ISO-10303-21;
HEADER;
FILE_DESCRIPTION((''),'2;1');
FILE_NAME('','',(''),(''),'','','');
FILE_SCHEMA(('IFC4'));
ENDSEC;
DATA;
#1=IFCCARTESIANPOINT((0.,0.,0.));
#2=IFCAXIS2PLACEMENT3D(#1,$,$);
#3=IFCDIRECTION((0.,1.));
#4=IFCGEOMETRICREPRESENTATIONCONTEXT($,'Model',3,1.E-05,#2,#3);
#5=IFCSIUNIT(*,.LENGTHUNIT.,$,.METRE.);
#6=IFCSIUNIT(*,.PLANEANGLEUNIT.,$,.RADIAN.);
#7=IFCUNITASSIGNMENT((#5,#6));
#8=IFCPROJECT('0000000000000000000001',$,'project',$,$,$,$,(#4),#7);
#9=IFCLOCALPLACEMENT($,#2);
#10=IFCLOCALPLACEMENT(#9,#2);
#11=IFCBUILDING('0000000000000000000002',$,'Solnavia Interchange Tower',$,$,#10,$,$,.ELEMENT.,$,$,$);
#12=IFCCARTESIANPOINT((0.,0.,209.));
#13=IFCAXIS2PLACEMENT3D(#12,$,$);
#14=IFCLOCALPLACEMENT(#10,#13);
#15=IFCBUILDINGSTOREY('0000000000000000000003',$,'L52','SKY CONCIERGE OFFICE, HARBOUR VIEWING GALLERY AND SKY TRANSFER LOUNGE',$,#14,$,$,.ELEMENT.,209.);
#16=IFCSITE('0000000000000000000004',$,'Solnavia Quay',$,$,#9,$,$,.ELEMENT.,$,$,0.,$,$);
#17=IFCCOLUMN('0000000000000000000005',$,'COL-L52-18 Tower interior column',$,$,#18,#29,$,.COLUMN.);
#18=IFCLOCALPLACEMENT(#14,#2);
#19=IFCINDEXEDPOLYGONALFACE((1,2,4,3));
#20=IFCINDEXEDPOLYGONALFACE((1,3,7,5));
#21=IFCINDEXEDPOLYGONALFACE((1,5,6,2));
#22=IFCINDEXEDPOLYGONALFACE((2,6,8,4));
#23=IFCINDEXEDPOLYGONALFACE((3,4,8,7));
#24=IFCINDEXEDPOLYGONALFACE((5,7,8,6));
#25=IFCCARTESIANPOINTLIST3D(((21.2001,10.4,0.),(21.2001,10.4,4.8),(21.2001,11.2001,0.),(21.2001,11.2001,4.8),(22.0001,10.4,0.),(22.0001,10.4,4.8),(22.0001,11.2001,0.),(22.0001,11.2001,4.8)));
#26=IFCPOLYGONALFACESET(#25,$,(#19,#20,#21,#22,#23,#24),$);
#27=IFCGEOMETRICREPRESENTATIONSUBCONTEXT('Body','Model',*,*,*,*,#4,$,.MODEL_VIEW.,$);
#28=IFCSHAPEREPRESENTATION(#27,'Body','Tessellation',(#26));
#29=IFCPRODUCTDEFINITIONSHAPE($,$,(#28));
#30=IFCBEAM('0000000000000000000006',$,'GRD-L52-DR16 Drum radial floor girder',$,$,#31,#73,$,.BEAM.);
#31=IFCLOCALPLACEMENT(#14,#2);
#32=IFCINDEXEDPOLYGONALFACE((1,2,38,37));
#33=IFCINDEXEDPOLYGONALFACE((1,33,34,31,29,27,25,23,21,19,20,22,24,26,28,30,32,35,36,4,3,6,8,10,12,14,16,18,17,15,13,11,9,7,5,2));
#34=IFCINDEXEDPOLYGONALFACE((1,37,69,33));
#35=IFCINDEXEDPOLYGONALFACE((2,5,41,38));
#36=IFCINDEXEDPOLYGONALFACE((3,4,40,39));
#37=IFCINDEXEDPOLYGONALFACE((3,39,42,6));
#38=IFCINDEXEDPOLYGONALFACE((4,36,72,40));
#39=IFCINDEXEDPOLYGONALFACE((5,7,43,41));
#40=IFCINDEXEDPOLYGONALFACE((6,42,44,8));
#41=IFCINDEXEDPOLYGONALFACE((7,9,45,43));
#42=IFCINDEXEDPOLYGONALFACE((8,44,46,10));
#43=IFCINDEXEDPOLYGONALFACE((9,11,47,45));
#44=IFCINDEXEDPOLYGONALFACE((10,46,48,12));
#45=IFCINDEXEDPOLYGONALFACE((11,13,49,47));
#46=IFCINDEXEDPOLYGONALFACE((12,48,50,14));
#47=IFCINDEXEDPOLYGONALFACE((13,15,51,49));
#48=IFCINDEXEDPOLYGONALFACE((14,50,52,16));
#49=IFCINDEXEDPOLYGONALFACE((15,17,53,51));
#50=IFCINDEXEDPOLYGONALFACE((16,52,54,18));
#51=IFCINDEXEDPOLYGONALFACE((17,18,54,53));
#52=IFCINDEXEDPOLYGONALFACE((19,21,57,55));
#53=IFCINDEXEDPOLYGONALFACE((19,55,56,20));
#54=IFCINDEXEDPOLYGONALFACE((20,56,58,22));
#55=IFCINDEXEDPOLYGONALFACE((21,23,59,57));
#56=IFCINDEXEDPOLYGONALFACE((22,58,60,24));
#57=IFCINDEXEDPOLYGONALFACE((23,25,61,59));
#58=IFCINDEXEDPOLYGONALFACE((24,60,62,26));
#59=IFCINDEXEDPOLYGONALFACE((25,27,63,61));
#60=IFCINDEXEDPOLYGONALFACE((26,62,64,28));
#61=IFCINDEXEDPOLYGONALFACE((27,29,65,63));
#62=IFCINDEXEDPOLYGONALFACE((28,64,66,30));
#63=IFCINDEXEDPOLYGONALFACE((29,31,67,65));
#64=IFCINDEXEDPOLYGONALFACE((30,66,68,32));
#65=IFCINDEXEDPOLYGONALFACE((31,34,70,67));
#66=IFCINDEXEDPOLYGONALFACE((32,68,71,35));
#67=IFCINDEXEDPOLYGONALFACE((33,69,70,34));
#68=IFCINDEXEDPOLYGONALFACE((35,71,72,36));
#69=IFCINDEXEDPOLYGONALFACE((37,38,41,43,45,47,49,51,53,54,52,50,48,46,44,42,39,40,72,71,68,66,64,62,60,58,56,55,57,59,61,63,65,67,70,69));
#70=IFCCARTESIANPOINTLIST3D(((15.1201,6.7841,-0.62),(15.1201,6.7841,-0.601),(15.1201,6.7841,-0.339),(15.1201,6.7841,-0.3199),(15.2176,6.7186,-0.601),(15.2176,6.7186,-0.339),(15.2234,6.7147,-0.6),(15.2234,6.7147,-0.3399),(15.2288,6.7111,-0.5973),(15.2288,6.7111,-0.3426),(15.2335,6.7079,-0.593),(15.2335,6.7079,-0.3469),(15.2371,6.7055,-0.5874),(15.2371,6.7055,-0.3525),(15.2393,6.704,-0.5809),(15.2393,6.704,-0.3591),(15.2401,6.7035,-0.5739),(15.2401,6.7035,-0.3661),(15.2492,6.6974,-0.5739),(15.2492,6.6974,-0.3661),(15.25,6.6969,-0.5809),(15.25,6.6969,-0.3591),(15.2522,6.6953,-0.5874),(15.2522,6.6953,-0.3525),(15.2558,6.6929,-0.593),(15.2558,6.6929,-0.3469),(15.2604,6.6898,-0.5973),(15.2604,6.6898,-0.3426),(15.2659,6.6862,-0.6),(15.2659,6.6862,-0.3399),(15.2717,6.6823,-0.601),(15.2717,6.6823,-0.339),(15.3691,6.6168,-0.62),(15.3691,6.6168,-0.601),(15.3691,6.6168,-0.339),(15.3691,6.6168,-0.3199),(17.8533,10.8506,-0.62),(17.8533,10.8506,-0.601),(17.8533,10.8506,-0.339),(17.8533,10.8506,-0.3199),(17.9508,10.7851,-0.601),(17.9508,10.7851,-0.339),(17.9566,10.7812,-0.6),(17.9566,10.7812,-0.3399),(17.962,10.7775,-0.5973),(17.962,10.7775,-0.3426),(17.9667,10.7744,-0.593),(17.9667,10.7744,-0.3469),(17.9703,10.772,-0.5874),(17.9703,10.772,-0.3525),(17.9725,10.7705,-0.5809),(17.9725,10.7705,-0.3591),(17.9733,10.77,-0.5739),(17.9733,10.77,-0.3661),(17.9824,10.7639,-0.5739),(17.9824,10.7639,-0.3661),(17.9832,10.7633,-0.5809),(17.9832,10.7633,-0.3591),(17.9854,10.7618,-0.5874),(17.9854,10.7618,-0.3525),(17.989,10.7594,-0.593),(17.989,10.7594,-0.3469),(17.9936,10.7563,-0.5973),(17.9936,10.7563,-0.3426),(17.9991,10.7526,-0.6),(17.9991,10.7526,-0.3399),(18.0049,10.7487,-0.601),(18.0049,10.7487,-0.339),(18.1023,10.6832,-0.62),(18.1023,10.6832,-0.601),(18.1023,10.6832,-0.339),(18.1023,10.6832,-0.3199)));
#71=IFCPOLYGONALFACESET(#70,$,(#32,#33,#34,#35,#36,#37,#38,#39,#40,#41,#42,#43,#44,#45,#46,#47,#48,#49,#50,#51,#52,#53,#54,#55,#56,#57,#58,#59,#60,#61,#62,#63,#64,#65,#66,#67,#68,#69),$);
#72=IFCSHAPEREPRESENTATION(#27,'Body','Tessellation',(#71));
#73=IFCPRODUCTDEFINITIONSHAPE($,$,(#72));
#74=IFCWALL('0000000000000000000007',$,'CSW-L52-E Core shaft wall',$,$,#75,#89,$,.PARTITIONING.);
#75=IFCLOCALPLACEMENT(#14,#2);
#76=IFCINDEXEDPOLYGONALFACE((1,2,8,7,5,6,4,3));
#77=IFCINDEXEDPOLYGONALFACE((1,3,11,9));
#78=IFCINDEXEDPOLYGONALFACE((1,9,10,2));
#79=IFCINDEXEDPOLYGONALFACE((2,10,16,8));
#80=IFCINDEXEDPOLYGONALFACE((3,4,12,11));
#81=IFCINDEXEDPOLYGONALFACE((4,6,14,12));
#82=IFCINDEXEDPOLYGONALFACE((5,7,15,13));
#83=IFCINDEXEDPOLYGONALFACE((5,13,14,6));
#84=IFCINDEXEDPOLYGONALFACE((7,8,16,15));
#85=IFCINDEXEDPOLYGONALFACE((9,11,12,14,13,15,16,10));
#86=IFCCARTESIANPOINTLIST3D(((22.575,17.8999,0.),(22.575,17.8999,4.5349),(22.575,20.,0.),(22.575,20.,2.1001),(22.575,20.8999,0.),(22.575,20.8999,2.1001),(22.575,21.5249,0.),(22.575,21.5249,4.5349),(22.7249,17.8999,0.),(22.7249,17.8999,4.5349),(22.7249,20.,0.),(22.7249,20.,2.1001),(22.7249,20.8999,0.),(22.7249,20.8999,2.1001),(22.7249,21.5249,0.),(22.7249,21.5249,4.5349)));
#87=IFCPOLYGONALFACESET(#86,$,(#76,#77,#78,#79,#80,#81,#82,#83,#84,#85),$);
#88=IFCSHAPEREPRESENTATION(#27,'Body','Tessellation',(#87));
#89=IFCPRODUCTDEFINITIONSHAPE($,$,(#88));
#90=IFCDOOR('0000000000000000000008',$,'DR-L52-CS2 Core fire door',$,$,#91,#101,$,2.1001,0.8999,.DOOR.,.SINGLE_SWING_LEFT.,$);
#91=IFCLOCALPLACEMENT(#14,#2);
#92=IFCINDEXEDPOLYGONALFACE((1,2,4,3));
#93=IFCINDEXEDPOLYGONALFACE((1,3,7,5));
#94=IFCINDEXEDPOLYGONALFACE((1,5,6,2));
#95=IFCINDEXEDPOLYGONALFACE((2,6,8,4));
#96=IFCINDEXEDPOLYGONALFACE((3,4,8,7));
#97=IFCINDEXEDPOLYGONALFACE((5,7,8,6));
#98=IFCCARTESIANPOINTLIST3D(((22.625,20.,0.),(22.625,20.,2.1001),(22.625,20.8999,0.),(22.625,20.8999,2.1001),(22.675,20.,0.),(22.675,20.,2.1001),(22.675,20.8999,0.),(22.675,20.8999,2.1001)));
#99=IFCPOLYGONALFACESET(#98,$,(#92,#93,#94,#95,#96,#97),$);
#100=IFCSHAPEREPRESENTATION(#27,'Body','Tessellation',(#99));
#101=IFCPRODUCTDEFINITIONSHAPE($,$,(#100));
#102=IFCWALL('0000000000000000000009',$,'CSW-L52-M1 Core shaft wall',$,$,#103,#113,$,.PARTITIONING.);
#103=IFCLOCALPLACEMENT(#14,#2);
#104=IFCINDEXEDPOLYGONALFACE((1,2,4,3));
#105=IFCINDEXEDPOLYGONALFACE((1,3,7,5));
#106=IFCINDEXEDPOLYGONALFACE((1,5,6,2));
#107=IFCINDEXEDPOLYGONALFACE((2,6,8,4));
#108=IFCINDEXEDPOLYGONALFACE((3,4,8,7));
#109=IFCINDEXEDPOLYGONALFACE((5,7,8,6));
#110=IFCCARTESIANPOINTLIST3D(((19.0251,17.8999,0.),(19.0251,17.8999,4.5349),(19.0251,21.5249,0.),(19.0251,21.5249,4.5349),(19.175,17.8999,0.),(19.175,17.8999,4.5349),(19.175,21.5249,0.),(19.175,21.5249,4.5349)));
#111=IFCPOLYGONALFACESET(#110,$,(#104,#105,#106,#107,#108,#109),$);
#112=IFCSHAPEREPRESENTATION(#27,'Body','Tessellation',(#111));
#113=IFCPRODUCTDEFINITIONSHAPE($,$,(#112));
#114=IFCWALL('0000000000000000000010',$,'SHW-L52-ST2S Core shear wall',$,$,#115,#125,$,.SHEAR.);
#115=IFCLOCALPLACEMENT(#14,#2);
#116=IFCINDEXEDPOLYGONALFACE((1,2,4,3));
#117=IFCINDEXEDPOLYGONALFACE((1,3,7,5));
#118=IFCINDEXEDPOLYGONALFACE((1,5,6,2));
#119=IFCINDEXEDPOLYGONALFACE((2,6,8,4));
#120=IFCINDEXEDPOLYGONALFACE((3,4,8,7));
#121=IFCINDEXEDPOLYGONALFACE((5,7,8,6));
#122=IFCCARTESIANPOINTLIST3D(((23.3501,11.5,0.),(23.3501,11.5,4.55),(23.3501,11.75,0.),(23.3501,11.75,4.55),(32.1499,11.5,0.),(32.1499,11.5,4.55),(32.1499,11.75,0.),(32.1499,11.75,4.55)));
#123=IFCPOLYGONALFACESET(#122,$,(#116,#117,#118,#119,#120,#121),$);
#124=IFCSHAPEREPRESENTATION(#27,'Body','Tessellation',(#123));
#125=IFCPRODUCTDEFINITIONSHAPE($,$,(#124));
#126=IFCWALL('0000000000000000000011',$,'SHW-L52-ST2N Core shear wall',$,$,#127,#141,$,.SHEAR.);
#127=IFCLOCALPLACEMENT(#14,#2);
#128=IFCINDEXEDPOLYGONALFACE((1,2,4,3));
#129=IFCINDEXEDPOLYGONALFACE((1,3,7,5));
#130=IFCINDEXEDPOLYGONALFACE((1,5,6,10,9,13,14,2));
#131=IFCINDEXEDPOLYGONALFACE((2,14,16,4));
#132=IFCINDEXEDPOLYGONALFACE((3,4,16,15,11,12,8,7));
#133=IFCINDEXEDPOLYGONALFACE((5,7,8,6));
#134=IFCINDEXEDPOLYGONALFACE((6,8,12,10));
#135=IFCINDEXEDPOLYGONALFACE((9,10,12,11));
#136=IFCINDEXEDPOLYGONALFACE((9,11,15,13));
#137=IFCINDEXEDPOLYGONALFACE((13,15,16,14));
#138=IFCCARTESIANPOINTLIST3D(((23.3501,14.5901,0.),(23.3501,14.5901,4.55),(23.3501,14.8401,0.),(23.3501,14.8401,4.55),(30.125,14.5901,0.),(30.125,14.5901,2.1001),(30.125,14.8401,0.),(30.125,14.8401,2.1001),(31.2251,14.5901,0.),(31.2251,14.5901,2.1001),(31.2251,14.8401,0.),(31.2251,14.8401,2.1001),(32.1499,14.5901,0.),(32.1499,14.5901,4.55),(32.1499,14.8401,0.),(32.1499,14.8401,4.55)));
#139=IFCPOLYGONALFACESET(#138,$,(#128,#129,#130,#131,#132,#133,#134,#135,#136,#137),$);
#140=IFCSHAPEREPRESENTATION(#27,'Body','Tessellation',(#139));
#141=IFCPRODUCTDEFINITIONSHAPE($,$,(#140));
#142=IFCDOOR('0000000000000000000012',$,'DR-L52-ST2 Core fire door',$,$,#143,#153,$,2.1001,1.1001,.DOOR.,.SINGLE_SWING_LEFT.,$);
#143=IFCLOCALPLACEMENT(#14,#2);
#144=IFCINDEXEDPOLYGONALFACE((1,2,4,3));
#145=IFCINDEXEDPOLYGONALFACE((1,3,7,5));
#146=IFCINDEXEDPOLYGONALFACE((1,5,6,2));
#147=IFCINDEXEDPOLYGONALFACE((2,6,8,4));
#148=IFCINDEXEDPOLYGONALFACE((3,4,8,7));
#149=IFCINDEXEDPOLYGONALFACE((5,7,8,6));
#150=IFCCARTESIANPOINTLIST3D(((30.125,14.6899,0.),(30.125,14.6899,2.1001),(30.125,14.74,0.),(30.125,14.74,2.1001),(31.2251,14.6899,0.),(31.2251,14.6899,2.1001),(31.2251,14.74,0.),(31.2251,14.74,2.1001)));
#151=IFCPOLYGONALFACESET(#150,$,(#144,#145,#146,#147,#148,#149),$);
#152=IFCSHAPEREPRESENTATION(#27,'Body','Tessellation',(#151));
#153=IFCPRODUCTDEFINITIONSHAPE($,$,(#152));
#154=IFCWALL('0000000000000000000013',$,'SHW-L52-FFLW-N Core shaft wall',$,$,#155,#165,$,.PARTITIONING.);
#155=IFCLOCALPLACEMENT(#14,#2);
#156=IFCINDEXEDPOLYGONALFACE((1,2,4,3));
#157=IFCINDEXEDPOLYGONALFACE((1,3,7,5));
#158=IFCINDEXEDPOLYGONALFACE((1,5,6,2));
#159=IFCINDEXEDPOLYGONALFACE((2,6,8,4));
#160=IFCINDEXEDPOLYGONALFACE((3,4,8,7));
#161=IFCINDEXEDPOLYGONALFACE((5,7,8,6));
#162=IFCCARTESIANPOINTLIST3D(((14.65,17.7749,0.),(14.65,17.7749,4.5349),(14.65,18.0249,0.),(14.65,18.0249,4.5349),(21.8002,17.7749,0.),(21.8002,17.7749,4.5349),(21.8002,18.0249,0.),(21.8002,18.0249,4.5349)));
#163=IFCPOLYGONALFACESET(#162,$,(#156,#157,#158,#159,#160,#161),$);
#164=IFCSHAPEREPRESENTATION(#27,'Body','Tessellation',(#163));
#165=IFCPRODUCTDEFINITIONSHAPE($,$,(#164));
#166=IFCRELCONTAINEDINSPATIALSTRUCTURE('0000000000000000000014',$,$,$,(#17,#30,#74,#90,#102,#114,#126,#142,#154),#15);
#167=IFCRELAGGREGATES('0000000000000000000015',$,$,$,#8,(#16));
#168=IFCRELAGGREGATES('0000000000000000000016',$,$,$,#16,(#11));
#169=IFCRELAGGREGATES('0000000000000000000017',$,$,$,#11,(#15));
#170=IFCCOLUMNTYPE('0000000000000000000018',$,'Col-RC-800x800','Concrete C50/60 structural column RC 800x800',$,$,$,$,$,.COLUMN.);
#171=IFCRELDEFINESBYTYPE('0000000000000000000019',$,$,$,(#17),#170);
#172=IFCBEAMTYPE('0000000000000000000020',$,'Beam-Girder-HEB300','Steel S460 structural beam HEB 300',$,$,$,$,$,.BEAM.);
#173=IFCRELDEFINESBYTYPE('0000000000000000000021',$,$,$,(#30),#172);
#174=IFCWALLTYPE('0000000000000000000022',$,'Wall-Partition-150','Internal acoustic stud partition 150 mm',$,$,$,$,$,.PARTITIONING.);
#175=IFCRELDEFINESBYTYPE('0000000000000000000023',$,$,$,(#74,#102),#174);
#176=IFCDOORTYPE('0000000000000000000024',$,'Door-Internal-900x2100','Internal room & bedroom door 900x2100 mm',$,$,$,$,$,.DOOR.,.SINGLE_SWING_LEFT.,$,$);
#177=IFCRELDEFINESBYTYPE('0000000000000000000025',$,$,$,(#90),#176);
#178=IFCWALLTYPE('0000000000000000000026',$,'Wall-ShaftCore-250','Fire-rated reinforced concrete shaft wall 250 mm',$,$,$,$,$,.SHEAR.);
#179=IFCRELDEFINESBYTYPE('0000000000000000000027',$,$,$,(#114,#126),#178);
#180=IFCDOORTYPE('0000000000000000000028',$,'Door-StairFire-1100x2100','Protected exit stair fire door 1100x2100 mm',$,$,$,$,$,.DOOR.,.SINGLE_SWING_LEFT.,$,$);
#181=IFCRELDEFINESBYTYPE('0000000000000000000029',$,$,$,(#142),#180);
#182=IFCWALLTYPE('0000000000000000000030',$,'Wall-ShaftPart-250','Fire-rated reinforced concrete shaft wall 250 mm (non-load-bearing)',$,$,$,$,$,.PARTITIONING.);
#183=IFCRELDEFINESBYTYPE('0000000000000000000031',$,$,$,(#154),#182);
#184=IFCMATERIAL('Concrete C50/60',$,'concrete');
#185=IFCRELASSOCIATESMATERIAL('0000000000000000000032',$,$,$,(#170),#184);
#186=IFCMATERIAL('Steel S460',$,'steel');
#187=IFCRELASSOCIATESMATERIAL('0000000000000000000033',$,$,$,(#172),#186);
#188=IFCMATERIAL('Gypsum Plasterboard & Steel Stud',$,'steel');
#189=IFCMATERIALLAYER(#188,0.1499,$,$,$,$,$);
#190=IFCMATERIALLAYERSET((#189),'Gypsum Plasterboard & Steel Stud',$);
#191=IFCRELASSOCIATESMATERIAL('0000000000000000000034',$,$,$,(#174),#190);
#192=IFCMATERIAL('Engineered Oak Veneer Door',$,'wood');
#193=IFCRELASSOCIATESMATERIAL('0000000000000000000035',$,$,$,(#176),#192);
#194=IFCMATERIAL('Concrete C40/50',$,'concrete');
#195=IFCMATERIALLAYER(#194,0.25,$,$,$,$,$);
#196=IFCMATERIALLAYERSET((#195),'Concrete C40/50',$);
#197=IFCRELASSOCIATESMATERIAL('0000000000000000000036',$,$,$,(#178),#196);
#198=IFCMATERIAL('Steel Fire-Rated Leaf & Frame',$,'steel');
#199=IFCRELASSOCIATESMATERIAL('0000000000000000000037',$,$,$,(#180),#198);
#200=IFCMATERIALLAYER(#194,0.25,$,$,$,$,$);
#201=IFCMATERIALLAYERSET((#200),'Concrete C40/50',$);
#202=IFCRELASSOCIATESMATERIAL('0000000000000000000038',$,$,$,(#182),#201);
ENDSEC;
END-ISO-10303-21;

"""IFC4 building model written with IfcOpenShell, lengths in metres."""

from ifc_helpers import new_model, si_unit, direction, frame, frame_2d, origin, origin_2d, place, context, subcontext, project, spatial, rectangle, i_section, extrude, material, layer, layer_set, material_profile, profile_set, type_object, element, fill, save


model = new_model("IFC4")

# Units and contexts
model_context = context("Model", 3, precision=1e-05, world=origin(), true_north=direction((0.0, 1.0)))
body_context = subcontext(model_context, "Body", "Model", "MODEL_VIEW")
ifc_project = project(units=[si_unit("LENGTHUNIT", "METRE"), si_unit("PLANEANGLEUNIT", "RADIAN")], contexts=[model_context])

# Site, building, storey
site_placement = place(None, origin())
site = spatial("IfcSite", under=ifc_project, at=site_placement, Name="Solnavia Quay", CompositionType="ELEMENT", RefElevation=0.0)
building_placement = place(site_placement, origin())
building = spatial("IfcBuilding", under=site, at=building_placement, Name="Solnavia Interchange Tower", CompositionType="ELEMENT")
storey_placement = place(building_placement, frame((0.0, 0.0, 209.0)))
storey = spatial("IfcBuildingStorey", under=building, at=storey_placement, Name="L52", Description="SKY CONCIERGE OFFICE, HARBOUR VIEWING GALLERY AND SKY TRANSFER LOUNGE", CompositionType="ELEMENT", Elevation=209.0)

# Column
ifc_material_1 = material(Name="Concrete C50/60", Category="concrete")
ifc_material_profile_1 = material_profile(ifc_material_1, rectangle(XDim=0.8, YDim=0.8, at=origin_2d()), Name="RC 800x800")
ifc_profile_set_1 = profile_set([ifc_material_profile_1], Name="Concrete C50/60")
column_type = type_object("IfcColumnType", Name="Col-RC-800x800", Description="Concrete C50/60 structural column RC 800x800", PredefinedType="COLUMN", material=ifc_profile_set_1)
column_placement = place(storey_placement, frame((21.6001, 10.8, 0.0), z_axis=(0.0, 0.0, 1.0), x_axis=(1.0, 0.0, 0.0)))
element("IfcColumn", 1, at=column_placement, inside=storey, type_object=column_type, Name="COL-L52-18 Tower interior column", PredefinedType="COLUMN", context=body_context, shape_type="SweptSolid", body=[
    extrude(rectangle(XDim=0.8, YDim=0.8, at=origin_2d()), origin(), (0.0, 0.0, 1.0), 4.8),
])

# Beam
ifc_material_2 = material(Name="Steel S460", Category="steel")
ifc_material_profile_2 = material_profile(ifc_material_2, i_section(OverallWidth=0.3, OverallDepth=0.3, WebThickness=0.011, FlangeThickness=0.019, FilletRadius=0.0271, at=origin_2d()), Name="HEB 300")
ifc_profile_set_2 = profile_set([ifc_material_profile_2], Name="Steel S460")
beam_type = type_object("IfcBeamType", Name="Beam-Girder-HEB300", Description="Steel S460 structural beam HEB 300", PredefinedType="BEAM", material=ifc_profile_set_2)
beam_placement = place(storey_placement, frame((15.2446, 6.7004, -0.47), z_axis=(0.557835, 0.829952, 0.0), x_axis=(-0.829952, 0.557835, 0.0)))
element("IfcBeam", 2, at=beam_placement, inside=storey, type_object=beam_type, Name="GRD-L52-DR16 Drum radial floor girder", PredefinedType="BEAM", context=body_context, shape_type="SweptSolid", body=[
    extrude(i_section(OverallWidth=0.3, OverallDepth=0.3, WebThickness=0.011, FlangeThickness=0.019, FilletRadius=0.0271, at=origin_2d()), origin(), (0.0, 0.0, 1.0), 4.8997),
])

# Wall, opening, door
ifc_material_3 = material(Name="Gypsum Plasterboard & Steel Stud", Category="steel")
ifc_layer_1 = layer(ifc_material_3, 0.1499)
ifc_layer_set_1 = layer_set([ifc_layer_1], Name="Gypsum Plasterboard & Steel Stud")
wall_type_1 = type_object("IfcWallType", Name="Wall-Partition-150", Description="Internal acoustic stud partition 150 mm", PredefinedType="PARTITIONING", material=ifc_layer_set_1)
wall_1_placement = place(storey_placement, frame((22.6499, 17.8999, 0.0), z_axis=(0.0, 0.0, 1.0), x_axis=(0.0, 1.0, 0.0)))
wall_1 = element("IfcWall", 3, at=wall_1_placement, inside=storey, type_object=wall_type_1, Name="CSW-L52-E Core shaft wall", PredefinedType="PARTITIONING", context=body_context, shape_type="SweptSolid", body=[
    extrude(rectangle(XDim=3.625, YDim=0.1499, at=frame_2d((1.8125, 0.0))), origin(), (0.0, 0.0, 1.0), 4.5349),
])
opening_1_placement = place(wall_1_placement, frame((2.1001, 0.0, 0.0)))
opening_1 = element("IfcOpeningElement", 4, at=opening_1_placement, cuts=wall_1, PredefinedType="OPENING", context=body_context, shape_type="SweptSolid", body=[
    extrude(rectangle(XDim=0.8999, YDim=2.1001, at=frame_2d((0.45, 1.05))), frame((0.0, 0.085, 0.0), z_axis=(0.0, -1.0, 0.0), x_axis=(1.0, 0.0, 0.0)), (0.0, 0.0, 1.0), 0.1699),
])
ifc_material_4 = material(Name="Engineered Oak Veneer Door", Category="wood")
door_type_1 = type_object("IfcDoorType", Name="Door-Internal-900x2100", Description="Internal room & bedroom door 900x2100 mm", OperationType="SINGLE_SWING_LEFT", PredefinedType="DOOR", material=ifc_material_4)
door_1_placement = place(opening_1_placement, origin())
door_1 = element("IfcDoor", 5, at=door_1_placement, inside=storey, type_object=door_type_1, Name="DR-L52-CS2 Core fire door", OperationType="SINGLE_SWING_LEFT", OverallHeight=2.1001, OverallWidth=0.8999, PredefinedType="DOOR", context=body_context, shape_type="SweptSolid", body=[
    extrude(rectangle(XDim=0.8999, YDim=2.1001, at=frame_2d((0.45, 1.05))), frame((0.0, 0.0249, 0.0), z_axis=(0.0, -1.0, 0.0), x_axis=(1.0, 0.0, 0.0)), (0.0, 0.0, 1.0), 0.05),
])
fill(opening_1, door_1)

# Walls
wall_2_placement = place(storey_placement, frame((19.1001, 17.8999, 0.0), z_axis=(0.0, 0.0, 1.0), x_axis=(0.0, 1.0, 0.0)))
element("IfcWall", 6, at=wall_2_placement, inside=storey, type_object=wall_type_1, Name="CSW-L52-M1 Core shaft wall", PredefinedType="PARTITIONING", context=body_context, shape_type="SweptSolid", body=[
    extrude(rectangle(XDim=3.625, YDim=0.1499, at=frame_2d((1.8125, 0.0))), origin(), (0.0, 0.0, 1.0), 4.5349),
])
ifc_material_5 = material(Name="Concrete C40/50", Category="concrete")
ifc_layer_2 = layer(ifc_material_5, 0.25)
ifc_layer_set_2 = layer_set([ifc_layer_2], Name="Concrete C40/50")
wall_type_2 = type_object("IfcWallType", Name="Wall-ShaftCore-250", Description="Fire-rated reinforced concrete shaft wall 250 mm", PredefinedType="SHEAR", material=ifc_layer_set_2)
wall_3_placement = place(storey_placement, frame((23.3501, 11.625, 0.0), z_axis=(0.0, 0.0, 1.0), x_axis=(1.0, 0.0, 0.0)))
element("IfcWall", 7, at=wall_3_placement, inside=storey, type_object=wall_type_2, Name="SHW-L52-ST2S Core shear wall", PredefinedType="SHEAR", context=body_context, shape_type="SweptSolid", body=[
    extrude(rectangle(XDim=8.7998, YDim=0.25, at=frame_2d((4.3999, 0.0))), origin(), (0.0, 0.0, 1.0), 4.55),
])

# Wall, opening, door
wall_4_placement = place(storey_placement, frame((23.3501, 14.7151, 0.0), z_axis=(0.0, 0.0, 1.0), x_axis=(1.0, 0.0, 0.0)))
wall_4 = element("IfcWall", 8, at=wall_4_placement, inside=storey, type_object=wall_type_2, Name="SHW-L52-ST2N Core shear wall", PredefinedType="SHEAR", context=body_context, shape_type="SweptSolid", body=[
    extrude(rectangle(XDim=8.7998, YDim=0.25, at=frame_2d((4.3999, 0.0))), origin(), (0.0, 0.0, 1.0), 4.55),
])
opening_2_placement = place(wall_4_placement, frame((6.7749, 0.0, 0.0)))
opening_2 = element("IfcOpeningElement", 9, at=opening_2_placement, cuts=wall_4, PredefinedType="OPENING", context=body_context, shape_type="SweptSolid", body=[
    extrude(rectangle(XDim=1.1001, YDim=2.1001, at=frame_2d((0.55, 1.05))), frame((0.0, 0.135, 0.0), z_axis=(0.0, -1.0, 0.0), x_axis=(1.0, 0.0, 0.0)), (0.0, 0.0, 1.0), 0.27),
])
ifc_material_6 = material(Name="Steel Fire-Rated Leaf & Frame", Category="steel")
door_type_2 = type_object("IfcDoorType", Name="Door-StairFire-1100x2100", Description="Protected exit stair fire door 1100x2100 mm", OperationType="SINGLE_SWING_LEFT", PredefinedType="DOOR", material=ifc_material_6)
door_2_placement = place(opening_2_placement, origin())
door_2 = element("IfcDoor", 10, at=door_2_placement, inside=storey, type_object=door_type_2, Name="DR-L52-ST2 Core fire door", OperationType="SINGLE_SWING_LEFT", OverallHeight=2.1001, OverallWidth=1.1001, PredefinedType="DOOR", context=body_context, shape_type="SweptSolid", body=[
    extrude(rectangle(XDim=1.1001, YDim=2.1001, at=frame_2d((0.55, 1.05))), frame((0.0, 0.0249, 0.0), z_axis=(0.0, -1.0, 0.0), x_axis=(1.0, 0.0, 0.0)), (0.0, 0.0, 1.0), 0.05),
])
fill(opening_2, door_2)

# Wall
ifc_layer_3 = layer(ifc_material_5, 0.25)
ifc_layer_set_3 = layer_set([ifc_layer_3], Name="Concrete C40/50")
wall_type_3 = type_object("IfcWallType", Name="Wall-ShaftPart-250", Description="Fire-rated reinforced concrete shaft wall 250 mm (non-load-bearing)", PredefinedType="PARTITIONING", material=ifc_layer_set_3)
wall_5_placement = place(storey_placement, frame((14.6499, 17.8999, 0.0), z_axis=(0.0, 0.0, 1.0), x_axis=(1.0, 0.0, 0.0)))
element("IfcWall", 11, at=wall_5_placement, inside=storey, type_object=wall_type_3, Name="SHW-L52-FFLW-N Core shaft wall", PredefinedType="PARTITIONING", context=body_context, shape_type="SweptSolid", body=[
    extrude(rectangle(XDim=7.1501, YDim=0.25, at=frame_2d((3.5752, 0.0))), origin(), (0.0, 0.0, 1.0), 4.5349),
])

save(model, "model.ifc")
